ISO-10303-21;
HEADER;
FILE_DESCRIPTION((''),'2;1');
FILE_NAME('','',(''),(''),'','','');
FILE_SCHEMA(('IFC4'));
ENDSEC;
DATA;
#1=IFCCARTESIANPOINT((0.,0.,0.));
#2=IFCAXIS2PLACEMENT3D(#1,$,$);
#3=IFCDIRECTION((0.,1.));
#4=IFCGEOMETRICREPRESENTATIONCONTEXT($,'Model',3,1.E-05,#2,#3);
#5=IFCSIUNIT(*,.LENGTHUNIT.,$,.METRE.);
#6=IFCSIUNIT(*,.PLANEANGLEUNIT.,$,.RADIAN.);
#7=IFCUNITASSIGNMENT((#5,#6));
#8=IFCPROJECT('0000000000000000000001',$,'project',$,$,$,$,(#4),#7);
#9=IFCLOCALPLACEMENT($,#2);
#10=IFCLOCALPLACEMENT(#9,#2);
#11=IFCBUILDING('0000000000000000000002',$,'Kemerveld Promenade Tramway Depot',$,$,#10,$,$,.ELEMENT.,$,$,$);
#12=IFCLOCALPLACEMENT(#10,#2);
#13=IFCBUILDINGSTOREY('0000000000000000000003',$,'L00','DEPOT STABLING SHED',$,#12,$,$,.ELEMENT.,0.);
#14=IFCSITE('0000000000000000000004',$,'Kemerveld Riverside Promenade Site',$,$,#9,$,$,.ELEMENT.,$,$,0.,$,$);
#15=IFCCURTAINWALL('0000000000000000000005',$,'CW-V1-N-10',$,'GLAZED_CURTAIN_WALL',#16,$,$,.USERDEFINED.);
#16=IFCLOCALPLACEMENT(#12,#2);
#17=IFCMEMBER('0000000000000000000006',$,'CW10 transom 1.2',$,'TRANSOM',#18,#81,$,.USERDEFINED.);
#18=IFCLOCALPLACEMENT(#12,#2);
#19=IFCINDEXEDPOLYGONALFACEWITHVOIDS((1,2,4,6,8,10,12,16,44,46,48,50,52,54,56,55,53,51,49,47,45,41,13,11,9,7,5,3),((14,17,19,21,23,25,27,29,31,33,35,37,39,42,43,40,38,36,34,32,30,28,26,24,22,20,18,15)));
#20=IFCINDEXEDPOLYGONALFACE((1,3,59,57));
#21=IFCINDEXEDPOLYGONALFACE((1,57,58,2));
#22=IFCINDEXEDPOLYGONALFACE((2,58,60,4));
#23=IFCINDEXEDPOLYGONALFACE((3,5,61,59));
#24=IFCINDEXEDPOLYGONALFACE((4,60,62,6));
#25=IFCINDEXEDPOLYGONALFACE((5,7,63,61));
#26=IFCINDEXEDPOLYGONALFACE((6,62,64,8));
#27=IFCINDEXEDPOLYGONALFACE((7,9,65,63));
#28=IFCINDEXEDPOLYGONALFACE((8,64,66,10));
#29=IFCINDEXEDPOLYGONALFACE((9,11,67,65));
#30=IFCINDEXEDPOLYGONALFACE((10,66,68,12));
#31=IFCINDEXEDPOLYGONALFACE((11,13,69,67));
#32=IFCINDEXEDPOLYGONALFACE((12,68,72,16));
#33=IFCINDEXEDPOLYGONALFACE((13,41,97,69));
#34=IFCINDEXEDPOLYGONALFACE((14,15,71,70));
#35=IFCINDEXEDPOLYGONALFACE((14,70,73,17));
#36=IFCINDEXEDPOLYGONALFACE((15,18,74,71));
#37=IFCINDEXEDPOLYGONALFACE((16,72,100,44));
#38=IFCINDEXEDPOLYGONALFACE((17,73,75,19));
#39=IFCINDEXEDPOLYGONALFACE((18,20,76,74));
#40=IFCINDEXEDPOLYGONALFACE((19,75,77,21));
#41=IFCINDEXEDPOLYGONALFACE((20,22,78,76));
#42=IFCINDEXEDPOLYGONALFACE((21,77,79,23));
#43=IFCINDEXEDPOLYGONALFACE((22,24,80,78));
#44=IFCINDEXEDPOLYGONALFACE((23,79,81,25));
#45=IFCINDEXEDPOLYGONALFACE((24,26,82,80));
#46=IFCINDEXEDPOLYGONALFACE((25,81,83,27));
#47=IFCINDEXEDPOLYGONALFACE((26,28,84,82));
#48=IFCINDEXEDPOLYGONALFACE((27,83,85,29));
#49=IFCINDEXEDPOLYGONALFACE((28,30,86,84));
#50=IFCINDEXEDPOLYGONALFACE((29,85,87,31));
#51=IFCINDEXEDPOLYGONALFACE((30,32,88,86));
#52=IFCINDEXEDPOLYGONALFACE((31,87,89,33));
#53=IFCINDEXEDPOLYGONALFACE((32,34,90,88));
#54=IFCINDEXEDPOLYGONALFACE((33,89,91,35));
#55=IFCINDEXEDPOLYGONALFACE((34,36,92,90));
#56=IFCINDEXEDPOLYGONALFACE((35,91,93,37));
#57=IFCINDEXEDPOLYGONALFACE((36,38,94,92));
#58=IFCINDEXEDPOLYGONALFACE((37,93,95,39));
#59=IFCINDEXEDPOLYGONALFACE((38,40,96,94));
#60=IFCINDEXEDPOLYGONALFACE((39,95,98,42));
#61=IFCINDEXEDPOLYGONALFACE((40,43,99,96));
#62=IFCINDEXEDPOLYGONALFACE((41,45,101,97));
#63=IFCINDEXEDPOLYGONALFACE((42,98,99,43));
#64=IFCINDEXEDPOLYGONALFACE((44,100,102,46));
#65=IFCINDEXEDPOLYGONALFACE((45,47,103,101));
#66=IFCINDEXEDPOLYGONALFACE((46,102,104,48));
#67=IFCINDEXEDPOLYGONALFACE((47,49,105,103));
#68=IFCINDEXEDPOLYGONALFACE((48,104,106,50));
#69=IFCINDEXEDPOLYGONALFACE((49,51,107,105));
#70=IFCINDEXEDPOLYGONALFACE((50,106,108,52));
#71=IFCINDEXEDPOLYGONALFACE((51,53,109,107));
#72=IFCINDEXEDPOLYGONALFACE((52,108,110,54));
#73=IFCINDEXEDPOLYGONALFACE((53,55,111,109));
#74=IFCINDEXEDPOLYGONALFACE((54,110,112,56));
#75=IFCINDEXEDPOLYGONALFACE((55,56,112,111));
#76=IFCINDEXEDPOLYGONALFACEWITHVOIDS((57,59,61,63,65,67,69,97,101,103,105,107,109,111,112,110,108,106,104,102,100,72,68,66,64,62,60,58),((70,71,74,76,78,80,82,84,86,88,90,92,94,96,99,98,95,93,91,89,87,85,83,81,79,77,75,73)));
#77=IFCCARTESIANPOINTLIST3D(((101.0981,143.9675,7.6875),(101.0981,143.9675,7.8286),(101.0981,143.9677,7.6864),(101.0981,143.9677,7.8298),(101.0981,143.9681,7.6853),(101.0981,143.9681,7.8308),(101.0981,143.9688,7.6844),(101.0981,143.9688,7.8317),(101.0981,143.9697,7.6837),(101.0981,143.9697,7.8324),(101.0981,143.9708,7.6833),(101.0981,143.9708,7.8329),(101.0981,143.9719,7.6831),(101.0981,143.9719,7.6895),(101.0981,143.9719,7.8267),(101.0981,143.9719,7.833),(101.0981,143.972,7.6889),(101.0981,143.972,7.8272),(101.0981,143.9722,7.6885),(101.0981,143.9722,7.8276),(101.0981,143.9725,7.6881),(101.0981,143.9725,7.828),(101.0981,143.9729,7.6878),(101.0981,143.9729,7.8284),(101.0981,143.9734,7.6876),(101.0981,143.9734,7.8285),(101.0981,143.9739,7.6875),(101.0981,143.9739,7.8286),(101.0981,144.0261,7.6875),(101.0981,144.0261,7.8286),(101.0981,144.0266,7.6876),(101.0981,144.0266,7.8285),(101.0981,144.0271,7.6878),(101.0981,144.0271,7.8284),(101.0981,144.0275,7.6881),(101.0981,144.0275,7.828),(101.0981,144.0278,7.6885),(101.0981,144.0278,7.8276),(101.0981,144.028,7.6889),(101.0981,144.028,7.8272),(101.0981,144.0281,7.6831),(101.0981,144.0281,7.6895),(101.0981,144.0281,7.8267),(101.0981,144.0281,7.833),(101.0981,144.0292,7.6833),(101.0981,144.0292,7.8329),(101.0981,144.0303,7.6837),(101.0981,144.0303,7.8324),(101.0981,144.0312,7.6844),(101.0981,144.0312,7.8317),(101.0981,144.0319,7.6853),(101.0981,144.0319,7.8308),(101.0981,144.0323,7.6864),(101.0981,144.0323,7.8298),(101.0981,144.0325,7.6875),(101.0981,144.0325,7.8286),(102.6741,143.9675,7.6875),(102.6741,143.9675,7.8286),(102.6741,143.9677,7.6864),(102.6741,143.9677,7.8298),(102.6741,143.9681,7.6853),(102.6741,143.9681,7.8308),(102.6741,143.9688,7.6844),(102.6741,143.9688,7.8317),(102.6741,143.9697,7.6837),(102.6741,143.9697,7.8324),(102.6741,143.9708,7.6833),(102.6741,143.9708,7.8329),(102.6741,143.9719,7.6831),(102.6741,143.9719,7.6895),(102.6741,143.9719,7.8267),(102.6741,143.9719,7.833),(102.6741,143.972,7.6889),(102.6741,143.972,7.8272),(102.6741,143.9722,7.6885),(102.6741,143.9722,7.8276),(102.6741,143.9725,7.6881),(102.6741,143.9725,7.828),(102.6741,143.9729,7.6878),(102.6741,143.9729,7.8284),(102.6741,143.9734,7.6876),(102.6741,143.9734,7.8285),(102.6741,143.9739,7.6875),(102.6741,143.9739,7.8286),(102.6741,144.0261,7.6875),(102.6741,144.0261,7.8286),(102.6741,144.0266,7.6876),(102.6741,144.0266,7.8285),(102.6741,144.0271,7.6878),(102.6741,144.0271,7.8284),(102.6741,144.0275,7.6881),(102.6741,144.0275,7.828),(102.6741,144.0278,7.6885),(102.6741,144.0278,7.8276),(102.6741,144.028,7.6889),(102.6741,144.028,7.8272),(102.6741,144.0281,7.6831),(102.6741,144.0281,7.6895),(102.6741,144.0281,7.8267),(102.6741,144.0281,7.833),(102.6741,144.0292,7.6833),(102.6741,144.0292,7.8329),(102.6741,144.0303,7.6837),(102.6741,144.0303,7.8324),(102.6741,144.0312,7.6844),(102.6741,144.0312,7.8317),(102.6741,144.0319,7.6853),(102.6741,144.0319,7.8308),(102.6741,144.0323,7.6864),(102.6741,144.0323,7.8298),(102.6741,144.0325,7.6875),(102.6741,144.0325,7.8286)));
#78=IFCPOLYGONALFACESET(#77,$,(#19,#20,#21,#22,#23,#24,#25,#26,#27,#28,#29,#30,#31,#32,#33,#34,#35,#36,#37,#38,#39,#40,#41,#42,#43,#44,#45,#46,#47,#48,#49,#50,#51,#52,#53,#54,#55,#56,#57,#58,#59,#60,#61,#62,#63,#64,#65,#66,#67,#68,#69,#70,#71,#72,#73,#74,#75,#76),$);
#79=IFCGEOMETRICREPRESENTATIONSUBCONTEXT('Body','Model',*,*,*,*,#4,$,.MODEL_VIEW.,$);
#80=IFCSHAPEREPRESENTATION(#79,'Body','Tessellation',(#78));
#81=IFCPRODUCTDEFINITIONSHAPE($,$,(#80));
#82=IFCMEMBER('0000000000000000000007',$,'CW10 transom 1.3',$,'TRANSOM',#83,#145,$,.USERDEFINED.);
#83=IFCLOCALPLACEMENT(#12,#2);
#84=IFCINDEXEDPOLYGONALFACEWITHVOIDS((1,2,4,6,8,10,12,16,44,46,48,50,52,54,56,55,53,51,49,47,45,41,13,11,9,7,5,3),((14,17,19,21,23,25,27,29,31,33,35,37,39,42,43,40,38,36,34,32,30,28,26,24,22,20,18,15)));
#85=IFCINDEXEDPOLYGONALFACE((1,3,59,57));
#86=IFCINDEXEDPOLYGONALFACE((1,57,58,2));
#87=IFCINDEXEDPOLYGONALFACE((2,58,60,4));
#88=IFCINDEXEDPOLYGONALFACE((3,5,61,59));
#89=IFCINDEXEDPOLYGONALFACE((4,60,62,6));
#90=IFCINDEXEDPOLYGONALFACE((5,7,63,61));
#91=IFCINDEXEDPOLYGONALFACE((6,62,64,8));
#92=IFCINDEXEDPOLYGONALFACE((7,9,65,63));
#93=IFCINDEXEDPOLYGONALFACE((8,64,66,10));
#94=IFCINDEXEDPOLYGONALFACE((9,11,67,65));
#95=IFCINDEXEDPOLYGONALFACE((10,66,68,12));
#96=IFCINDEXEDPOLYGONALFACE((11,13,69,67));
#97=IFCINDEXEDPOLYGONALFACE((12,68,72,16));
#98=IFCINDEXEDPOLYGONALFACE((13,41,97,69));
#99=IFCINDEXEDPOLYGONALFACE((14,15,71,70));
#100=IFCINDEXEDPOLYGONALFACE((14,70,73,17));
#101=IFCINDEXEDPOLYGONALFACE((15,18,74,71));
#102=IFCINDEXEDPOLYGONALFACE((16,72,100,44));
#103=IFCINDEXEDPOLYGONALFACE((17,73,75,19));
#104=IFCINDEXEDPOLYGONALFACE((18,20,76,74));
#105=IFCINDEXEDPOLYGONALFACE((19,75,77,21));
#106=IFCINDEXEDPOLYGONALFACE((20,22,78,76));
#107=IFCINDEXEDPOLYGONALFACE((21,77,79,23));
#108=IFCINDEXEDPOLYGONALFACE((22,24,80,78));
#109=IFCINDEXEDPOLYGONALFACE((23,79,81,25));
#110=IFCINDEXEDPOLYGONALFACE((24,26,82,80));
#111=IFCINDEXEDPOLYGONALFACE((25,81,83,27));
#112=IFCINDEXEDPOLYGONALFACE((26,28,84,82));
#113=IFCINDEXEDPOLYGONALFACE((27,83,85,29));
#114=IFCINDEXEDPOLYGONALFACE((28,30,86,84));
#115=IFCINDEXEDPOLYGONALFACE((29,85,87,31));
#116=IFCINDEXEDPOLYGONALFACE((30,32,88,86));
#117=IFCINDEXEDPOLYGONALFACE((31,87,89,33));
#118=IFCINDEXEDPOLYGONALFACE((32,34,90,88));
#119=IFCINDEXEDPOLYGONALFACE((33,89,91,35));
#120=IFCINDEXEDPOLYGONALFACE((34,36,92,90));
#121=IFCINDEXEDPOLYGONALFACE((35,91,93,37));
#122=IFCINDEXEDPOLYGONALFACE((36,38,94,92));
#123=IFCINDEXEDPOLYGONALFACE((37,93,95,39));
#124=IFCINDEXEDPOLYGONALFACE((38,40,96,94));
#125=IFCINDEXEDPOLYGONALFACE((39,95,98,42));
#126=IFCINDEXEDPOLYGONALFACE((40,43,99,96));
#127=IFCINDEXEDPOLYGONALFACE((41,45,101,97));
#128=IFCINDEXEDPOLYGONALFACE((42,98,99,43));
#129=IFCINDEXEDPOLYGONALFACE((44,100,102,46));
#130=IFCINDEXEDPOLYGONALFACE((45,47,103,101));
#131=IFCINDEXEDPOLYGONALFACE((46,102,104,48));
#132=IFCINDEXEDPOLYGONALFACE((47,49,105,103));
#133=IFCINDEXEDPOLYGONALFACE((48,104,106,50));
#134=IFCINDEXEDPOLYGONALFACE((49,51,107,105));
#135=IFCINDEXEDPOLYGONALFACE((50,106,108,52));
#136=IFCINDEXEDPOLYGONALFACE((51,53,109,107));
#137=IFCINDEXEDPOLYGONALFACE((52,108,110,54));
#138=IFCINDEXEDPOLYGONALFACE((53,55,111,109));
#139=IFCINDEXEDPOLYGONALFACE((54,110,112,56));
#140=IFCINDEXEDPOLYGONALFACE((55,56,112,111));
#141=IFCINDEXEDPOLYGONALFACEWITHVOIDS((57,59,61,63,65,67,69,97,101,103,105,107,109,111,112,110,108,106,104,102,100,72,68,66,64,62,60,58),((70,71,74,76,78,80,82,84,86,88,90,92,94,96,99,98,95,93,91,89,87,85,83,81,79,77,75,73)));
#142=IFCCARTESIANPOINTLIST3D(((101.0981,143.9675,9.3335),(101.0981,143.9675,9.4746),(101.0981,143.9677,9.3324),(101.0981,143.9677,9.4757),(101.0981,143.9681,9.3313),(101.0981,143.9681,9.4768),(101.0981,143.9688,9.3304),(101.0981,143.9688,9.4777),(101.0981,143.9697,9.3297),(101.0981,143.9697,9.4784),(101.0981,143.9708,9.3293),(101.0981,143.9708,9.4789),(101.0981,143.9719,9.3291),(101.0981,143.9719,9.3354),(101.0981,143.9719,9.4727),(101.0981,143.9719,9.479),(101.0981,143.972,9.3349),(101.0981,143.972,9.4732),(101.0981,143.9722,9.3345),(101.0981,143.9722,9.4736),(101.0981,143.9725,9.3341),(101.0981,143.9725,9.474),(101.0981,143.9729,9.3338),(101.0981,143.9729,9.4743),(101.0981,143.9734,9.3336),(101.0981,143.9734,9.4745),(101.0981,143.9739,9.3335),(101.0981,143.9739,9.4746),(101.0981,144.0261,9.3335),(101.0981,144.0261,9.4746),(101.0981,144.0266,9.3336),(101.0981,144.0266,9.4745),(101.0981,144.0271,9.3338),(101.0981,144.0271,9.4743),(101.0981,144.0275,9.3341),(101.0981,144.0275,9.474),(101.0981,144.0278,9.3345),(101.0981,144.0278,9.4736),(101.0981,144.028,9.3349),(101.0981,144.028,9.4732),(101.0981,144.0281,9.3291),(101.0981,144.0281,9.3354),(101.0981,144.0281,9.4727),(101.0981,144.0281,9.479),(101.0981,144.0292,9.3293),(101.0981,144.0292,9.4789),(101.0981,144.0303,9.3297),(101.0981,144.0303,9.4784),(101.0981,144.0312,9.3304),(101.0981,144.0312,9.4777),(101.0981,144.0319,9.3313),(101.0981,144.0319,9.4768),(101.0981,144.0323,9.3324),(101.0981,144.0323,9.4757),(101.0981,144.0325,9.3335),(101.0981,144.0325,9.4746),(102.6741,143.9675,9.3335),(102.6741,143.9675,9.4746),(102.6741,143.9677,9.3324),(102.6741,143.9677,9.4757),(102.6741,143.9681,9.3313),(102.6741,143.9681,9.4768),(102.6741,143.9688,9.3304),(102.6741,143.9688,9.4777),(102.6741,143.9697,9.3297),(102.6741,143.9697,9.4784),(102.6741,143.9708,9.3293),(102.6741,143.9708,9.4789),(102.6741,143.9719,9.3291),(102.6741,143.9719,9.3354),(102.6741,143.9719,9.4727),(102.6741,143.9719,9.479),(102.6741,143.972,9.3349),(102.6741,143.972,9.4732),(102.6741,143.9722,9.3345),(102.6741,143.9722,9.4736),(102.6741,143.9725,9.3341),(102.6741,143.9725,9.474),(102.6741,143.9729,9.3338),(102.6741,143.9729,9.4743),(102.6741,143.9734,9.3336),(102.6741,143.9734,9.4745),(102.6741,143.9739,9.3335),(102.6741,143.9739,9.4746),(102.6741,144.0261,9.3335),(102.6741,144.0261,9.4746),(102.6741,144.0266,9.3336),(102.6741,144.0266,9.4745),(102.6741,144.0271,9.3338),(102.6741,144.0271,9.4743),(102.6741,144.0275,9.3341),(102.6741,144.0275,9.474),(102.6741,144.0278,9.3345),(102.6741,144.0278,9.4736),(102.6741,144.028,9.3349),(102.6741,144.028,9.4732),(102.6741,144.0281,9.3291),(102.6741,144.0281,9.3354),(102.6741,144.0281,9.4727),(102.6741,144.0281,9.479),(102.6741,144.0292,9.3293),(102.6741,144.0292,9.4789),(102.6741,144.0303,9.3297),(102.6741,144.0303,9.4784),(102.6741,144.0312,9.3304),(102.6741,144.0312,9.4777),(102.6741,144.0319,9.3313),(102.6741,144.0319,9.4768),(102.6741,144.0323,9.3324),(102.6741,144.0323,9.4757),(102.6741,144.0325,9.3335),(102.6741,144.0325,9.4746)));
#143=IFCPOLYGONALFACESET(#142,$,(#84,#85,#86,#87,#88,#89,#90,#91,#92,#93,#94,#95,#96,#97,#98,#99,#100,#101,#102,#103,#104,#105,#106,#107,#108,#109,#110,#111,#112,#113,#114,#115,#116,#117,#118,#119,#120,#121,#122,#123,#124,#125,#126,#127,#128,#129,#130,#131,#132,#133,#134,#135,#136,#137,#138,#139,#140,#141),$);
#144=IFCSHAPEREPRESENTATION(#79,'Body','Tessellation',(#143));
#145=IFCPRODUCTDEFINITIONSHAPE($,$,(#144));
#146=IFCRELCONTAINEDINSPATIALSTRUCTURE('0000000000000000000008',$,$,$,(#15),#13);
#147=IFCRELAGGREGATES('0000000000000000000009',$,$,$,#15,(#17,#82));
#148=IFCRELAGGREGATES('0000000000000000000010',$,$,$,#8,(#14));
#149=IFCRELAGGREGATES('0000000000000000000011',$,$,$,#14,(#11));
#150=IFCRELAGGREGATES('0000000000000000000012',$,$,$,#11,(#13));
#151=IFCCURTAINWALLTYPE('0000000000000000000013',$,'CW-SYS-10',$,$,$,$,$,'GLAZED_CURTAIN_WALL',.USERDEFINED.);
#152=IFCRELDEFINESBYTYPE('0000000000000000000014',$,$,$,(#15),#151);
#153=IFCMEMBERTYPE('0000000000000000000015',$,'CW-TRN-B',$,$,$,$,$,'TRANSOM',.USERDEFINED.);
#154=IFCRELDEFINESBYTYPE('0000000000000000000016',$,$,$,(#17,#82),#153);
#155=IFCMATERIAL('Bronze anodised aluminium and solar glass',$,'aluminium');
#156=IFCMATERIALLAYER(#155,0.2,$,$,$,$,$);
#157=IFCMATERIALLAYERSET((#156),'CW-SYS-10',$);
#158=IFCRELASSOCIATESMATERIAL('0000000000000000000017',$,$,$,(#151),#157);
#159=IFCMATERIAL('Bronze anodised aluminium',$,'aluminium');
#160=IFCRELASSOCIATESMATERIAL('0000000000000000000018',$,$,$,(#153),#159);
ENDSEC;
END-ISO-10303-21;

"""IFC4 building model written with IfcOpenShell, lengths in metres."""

from ifc_helpers import new_model, si_unit, direction, frame, origin, origin_2d, place, context, subcontext, project, spatial, hollow_rectangle, extrude, material, layer, layer_set, material_profile, profile_set, type_object, element, aggregate, save


model = new_model("IFC4")

# Units and contexts
model_context = context("Model", 3, precision=1e-05, world=origin(), true_north=direction((0.0, 1.0)))
body_context = subcontext(model_context, "Body", "Model", "MODEL_VIEW")
ifc_project = project(units=[si_unit("LENGTHUNIT", "METRE"), si_unit("PLANEANGLEUNIT", "RADIAN")], contexts=[model_context])

# Site, building, storey
site_placement = place(None, origin())
site = spatial("IfcSite", under=ifc_project, at=site_placement, Name="Kemerveld Riverside Promenade Site", CompositionType="ELEMENT", RefElevation=0.0)
building_placement = place(site_placement, origin())
building = spatial("IfcBuilding", under=site, at=building_placement, Name="Kemerveld Promenade Tramway Depot", CompositionType="ELEMENT")
storey_placement = place(building_placement, origin())
storey = spatial("IfcBuildingStorey", under=building, at=storey_placement, Name="L00", Description="DEPOT STABLING SHED", CompositionType="ELEMENT", Elevation=0.0)

# Curtain wall, members
ifc_material_1 = material(Name="Bronze anodised aluminium and solar glass", Category="aluminium")
ifc_material_2 = material(Name="Bronze anodised aluminium", Category="aluminium")
ifc_layer_1 = layer(ifc_material_1, 0.2)
ifc_layer_set_1 = layer_set([ifc_layer_1], Name="CW-SYS-10")
curtain_wall_type_1 = type_object("IfcCurtainWallType", Name="CW-SYS-10", ElementType="GLAZED_CURTAIN_WALL", PredefinedType="USERDEFINED", material=ifc_layer_set_1)
curtain_wall_1_placement = place(storey_placement, origin())
curtain_wall_1 = element("IfcCurtainWall", 1, at=curtain_wall_1_placement, inside=storey, type_object=curtain_wall_type_1, Name="CW-V1-N-10", ObjectType="GLAZED_CURTAIN_WALL", PredefinedType="USERDEFINED")
ifc_material_profile_1 = material_profile(ifc_material_2, hollow_rectangle(XDim=0.0649, YDim=0.1499, WallThickness=0.0044, InnerFilletRadius=0.002, OuterFilletRadius=0.0044, at=origin_2d()), Name="CW-TRN-150x65")
ifc_profile_set_1 = profile_set([ifc_material_profile_1], Name="Bronze anodised aluminium")
member_type_1 = type_object("IfcMemberType", Name="CW-TRN-B", ElementType="TRANSOM", PredefinedType="USERDEFINED", material=ifc_profile_set_1)
member_1_placement = place(storey_placement, frame((101.0981, 144.0, 7.7581), z_axis=(1.0, 0.0, 0.0), x_axis=(0.0, 1.0, 0.0)))
member_1 = element("IfcMember", 2, at=member_1_placement, type_object=member_type_1, Name="CW10 transom 1.2", ObjectType="TRANSOM", PredefinedType="USERDEFINED", context=body_context, shape_type="SweptSolid", body=[
    extrude(hollow_rectangle(XDim=0.0649, YDim=0.1499, WallThickness=0.0044, InnerFilletRadius=0.002, OuterFilletRadius=0.0044, at=origin_2d()), origin(), (0.0, 0.0, 1.0), 1.5759),
])
member_2_placement = place(storey_placement, frame((101.0981, 144.0, 9.4041), z_axis=(1.0, 0.0, 0.0), x_axis=(0.0, 1.0, 0.0)))
member_2 = element("IfcMember", 3, at=member_2_placement, type_object=member_type_1, Name="CW10 transom 1.3", ObjectType="TRANSOM", PredefinedType="USERDEFINED", context=body_context, shape_type="SweptSolid", body=[
    extrude(hollow_rectangle(XDim=0.0649, YDim=0.1499, WallThickness=0.0044, InnerFilletRadius=0.002, OuterFilletRadius=0.0044, at=origin_2d()), origin(), (0.0, 0.0, 1.0), 1.5759),
])

aggregate(curtain_wall_1, [member_1, member_2])

save(model, "model.ifc")
